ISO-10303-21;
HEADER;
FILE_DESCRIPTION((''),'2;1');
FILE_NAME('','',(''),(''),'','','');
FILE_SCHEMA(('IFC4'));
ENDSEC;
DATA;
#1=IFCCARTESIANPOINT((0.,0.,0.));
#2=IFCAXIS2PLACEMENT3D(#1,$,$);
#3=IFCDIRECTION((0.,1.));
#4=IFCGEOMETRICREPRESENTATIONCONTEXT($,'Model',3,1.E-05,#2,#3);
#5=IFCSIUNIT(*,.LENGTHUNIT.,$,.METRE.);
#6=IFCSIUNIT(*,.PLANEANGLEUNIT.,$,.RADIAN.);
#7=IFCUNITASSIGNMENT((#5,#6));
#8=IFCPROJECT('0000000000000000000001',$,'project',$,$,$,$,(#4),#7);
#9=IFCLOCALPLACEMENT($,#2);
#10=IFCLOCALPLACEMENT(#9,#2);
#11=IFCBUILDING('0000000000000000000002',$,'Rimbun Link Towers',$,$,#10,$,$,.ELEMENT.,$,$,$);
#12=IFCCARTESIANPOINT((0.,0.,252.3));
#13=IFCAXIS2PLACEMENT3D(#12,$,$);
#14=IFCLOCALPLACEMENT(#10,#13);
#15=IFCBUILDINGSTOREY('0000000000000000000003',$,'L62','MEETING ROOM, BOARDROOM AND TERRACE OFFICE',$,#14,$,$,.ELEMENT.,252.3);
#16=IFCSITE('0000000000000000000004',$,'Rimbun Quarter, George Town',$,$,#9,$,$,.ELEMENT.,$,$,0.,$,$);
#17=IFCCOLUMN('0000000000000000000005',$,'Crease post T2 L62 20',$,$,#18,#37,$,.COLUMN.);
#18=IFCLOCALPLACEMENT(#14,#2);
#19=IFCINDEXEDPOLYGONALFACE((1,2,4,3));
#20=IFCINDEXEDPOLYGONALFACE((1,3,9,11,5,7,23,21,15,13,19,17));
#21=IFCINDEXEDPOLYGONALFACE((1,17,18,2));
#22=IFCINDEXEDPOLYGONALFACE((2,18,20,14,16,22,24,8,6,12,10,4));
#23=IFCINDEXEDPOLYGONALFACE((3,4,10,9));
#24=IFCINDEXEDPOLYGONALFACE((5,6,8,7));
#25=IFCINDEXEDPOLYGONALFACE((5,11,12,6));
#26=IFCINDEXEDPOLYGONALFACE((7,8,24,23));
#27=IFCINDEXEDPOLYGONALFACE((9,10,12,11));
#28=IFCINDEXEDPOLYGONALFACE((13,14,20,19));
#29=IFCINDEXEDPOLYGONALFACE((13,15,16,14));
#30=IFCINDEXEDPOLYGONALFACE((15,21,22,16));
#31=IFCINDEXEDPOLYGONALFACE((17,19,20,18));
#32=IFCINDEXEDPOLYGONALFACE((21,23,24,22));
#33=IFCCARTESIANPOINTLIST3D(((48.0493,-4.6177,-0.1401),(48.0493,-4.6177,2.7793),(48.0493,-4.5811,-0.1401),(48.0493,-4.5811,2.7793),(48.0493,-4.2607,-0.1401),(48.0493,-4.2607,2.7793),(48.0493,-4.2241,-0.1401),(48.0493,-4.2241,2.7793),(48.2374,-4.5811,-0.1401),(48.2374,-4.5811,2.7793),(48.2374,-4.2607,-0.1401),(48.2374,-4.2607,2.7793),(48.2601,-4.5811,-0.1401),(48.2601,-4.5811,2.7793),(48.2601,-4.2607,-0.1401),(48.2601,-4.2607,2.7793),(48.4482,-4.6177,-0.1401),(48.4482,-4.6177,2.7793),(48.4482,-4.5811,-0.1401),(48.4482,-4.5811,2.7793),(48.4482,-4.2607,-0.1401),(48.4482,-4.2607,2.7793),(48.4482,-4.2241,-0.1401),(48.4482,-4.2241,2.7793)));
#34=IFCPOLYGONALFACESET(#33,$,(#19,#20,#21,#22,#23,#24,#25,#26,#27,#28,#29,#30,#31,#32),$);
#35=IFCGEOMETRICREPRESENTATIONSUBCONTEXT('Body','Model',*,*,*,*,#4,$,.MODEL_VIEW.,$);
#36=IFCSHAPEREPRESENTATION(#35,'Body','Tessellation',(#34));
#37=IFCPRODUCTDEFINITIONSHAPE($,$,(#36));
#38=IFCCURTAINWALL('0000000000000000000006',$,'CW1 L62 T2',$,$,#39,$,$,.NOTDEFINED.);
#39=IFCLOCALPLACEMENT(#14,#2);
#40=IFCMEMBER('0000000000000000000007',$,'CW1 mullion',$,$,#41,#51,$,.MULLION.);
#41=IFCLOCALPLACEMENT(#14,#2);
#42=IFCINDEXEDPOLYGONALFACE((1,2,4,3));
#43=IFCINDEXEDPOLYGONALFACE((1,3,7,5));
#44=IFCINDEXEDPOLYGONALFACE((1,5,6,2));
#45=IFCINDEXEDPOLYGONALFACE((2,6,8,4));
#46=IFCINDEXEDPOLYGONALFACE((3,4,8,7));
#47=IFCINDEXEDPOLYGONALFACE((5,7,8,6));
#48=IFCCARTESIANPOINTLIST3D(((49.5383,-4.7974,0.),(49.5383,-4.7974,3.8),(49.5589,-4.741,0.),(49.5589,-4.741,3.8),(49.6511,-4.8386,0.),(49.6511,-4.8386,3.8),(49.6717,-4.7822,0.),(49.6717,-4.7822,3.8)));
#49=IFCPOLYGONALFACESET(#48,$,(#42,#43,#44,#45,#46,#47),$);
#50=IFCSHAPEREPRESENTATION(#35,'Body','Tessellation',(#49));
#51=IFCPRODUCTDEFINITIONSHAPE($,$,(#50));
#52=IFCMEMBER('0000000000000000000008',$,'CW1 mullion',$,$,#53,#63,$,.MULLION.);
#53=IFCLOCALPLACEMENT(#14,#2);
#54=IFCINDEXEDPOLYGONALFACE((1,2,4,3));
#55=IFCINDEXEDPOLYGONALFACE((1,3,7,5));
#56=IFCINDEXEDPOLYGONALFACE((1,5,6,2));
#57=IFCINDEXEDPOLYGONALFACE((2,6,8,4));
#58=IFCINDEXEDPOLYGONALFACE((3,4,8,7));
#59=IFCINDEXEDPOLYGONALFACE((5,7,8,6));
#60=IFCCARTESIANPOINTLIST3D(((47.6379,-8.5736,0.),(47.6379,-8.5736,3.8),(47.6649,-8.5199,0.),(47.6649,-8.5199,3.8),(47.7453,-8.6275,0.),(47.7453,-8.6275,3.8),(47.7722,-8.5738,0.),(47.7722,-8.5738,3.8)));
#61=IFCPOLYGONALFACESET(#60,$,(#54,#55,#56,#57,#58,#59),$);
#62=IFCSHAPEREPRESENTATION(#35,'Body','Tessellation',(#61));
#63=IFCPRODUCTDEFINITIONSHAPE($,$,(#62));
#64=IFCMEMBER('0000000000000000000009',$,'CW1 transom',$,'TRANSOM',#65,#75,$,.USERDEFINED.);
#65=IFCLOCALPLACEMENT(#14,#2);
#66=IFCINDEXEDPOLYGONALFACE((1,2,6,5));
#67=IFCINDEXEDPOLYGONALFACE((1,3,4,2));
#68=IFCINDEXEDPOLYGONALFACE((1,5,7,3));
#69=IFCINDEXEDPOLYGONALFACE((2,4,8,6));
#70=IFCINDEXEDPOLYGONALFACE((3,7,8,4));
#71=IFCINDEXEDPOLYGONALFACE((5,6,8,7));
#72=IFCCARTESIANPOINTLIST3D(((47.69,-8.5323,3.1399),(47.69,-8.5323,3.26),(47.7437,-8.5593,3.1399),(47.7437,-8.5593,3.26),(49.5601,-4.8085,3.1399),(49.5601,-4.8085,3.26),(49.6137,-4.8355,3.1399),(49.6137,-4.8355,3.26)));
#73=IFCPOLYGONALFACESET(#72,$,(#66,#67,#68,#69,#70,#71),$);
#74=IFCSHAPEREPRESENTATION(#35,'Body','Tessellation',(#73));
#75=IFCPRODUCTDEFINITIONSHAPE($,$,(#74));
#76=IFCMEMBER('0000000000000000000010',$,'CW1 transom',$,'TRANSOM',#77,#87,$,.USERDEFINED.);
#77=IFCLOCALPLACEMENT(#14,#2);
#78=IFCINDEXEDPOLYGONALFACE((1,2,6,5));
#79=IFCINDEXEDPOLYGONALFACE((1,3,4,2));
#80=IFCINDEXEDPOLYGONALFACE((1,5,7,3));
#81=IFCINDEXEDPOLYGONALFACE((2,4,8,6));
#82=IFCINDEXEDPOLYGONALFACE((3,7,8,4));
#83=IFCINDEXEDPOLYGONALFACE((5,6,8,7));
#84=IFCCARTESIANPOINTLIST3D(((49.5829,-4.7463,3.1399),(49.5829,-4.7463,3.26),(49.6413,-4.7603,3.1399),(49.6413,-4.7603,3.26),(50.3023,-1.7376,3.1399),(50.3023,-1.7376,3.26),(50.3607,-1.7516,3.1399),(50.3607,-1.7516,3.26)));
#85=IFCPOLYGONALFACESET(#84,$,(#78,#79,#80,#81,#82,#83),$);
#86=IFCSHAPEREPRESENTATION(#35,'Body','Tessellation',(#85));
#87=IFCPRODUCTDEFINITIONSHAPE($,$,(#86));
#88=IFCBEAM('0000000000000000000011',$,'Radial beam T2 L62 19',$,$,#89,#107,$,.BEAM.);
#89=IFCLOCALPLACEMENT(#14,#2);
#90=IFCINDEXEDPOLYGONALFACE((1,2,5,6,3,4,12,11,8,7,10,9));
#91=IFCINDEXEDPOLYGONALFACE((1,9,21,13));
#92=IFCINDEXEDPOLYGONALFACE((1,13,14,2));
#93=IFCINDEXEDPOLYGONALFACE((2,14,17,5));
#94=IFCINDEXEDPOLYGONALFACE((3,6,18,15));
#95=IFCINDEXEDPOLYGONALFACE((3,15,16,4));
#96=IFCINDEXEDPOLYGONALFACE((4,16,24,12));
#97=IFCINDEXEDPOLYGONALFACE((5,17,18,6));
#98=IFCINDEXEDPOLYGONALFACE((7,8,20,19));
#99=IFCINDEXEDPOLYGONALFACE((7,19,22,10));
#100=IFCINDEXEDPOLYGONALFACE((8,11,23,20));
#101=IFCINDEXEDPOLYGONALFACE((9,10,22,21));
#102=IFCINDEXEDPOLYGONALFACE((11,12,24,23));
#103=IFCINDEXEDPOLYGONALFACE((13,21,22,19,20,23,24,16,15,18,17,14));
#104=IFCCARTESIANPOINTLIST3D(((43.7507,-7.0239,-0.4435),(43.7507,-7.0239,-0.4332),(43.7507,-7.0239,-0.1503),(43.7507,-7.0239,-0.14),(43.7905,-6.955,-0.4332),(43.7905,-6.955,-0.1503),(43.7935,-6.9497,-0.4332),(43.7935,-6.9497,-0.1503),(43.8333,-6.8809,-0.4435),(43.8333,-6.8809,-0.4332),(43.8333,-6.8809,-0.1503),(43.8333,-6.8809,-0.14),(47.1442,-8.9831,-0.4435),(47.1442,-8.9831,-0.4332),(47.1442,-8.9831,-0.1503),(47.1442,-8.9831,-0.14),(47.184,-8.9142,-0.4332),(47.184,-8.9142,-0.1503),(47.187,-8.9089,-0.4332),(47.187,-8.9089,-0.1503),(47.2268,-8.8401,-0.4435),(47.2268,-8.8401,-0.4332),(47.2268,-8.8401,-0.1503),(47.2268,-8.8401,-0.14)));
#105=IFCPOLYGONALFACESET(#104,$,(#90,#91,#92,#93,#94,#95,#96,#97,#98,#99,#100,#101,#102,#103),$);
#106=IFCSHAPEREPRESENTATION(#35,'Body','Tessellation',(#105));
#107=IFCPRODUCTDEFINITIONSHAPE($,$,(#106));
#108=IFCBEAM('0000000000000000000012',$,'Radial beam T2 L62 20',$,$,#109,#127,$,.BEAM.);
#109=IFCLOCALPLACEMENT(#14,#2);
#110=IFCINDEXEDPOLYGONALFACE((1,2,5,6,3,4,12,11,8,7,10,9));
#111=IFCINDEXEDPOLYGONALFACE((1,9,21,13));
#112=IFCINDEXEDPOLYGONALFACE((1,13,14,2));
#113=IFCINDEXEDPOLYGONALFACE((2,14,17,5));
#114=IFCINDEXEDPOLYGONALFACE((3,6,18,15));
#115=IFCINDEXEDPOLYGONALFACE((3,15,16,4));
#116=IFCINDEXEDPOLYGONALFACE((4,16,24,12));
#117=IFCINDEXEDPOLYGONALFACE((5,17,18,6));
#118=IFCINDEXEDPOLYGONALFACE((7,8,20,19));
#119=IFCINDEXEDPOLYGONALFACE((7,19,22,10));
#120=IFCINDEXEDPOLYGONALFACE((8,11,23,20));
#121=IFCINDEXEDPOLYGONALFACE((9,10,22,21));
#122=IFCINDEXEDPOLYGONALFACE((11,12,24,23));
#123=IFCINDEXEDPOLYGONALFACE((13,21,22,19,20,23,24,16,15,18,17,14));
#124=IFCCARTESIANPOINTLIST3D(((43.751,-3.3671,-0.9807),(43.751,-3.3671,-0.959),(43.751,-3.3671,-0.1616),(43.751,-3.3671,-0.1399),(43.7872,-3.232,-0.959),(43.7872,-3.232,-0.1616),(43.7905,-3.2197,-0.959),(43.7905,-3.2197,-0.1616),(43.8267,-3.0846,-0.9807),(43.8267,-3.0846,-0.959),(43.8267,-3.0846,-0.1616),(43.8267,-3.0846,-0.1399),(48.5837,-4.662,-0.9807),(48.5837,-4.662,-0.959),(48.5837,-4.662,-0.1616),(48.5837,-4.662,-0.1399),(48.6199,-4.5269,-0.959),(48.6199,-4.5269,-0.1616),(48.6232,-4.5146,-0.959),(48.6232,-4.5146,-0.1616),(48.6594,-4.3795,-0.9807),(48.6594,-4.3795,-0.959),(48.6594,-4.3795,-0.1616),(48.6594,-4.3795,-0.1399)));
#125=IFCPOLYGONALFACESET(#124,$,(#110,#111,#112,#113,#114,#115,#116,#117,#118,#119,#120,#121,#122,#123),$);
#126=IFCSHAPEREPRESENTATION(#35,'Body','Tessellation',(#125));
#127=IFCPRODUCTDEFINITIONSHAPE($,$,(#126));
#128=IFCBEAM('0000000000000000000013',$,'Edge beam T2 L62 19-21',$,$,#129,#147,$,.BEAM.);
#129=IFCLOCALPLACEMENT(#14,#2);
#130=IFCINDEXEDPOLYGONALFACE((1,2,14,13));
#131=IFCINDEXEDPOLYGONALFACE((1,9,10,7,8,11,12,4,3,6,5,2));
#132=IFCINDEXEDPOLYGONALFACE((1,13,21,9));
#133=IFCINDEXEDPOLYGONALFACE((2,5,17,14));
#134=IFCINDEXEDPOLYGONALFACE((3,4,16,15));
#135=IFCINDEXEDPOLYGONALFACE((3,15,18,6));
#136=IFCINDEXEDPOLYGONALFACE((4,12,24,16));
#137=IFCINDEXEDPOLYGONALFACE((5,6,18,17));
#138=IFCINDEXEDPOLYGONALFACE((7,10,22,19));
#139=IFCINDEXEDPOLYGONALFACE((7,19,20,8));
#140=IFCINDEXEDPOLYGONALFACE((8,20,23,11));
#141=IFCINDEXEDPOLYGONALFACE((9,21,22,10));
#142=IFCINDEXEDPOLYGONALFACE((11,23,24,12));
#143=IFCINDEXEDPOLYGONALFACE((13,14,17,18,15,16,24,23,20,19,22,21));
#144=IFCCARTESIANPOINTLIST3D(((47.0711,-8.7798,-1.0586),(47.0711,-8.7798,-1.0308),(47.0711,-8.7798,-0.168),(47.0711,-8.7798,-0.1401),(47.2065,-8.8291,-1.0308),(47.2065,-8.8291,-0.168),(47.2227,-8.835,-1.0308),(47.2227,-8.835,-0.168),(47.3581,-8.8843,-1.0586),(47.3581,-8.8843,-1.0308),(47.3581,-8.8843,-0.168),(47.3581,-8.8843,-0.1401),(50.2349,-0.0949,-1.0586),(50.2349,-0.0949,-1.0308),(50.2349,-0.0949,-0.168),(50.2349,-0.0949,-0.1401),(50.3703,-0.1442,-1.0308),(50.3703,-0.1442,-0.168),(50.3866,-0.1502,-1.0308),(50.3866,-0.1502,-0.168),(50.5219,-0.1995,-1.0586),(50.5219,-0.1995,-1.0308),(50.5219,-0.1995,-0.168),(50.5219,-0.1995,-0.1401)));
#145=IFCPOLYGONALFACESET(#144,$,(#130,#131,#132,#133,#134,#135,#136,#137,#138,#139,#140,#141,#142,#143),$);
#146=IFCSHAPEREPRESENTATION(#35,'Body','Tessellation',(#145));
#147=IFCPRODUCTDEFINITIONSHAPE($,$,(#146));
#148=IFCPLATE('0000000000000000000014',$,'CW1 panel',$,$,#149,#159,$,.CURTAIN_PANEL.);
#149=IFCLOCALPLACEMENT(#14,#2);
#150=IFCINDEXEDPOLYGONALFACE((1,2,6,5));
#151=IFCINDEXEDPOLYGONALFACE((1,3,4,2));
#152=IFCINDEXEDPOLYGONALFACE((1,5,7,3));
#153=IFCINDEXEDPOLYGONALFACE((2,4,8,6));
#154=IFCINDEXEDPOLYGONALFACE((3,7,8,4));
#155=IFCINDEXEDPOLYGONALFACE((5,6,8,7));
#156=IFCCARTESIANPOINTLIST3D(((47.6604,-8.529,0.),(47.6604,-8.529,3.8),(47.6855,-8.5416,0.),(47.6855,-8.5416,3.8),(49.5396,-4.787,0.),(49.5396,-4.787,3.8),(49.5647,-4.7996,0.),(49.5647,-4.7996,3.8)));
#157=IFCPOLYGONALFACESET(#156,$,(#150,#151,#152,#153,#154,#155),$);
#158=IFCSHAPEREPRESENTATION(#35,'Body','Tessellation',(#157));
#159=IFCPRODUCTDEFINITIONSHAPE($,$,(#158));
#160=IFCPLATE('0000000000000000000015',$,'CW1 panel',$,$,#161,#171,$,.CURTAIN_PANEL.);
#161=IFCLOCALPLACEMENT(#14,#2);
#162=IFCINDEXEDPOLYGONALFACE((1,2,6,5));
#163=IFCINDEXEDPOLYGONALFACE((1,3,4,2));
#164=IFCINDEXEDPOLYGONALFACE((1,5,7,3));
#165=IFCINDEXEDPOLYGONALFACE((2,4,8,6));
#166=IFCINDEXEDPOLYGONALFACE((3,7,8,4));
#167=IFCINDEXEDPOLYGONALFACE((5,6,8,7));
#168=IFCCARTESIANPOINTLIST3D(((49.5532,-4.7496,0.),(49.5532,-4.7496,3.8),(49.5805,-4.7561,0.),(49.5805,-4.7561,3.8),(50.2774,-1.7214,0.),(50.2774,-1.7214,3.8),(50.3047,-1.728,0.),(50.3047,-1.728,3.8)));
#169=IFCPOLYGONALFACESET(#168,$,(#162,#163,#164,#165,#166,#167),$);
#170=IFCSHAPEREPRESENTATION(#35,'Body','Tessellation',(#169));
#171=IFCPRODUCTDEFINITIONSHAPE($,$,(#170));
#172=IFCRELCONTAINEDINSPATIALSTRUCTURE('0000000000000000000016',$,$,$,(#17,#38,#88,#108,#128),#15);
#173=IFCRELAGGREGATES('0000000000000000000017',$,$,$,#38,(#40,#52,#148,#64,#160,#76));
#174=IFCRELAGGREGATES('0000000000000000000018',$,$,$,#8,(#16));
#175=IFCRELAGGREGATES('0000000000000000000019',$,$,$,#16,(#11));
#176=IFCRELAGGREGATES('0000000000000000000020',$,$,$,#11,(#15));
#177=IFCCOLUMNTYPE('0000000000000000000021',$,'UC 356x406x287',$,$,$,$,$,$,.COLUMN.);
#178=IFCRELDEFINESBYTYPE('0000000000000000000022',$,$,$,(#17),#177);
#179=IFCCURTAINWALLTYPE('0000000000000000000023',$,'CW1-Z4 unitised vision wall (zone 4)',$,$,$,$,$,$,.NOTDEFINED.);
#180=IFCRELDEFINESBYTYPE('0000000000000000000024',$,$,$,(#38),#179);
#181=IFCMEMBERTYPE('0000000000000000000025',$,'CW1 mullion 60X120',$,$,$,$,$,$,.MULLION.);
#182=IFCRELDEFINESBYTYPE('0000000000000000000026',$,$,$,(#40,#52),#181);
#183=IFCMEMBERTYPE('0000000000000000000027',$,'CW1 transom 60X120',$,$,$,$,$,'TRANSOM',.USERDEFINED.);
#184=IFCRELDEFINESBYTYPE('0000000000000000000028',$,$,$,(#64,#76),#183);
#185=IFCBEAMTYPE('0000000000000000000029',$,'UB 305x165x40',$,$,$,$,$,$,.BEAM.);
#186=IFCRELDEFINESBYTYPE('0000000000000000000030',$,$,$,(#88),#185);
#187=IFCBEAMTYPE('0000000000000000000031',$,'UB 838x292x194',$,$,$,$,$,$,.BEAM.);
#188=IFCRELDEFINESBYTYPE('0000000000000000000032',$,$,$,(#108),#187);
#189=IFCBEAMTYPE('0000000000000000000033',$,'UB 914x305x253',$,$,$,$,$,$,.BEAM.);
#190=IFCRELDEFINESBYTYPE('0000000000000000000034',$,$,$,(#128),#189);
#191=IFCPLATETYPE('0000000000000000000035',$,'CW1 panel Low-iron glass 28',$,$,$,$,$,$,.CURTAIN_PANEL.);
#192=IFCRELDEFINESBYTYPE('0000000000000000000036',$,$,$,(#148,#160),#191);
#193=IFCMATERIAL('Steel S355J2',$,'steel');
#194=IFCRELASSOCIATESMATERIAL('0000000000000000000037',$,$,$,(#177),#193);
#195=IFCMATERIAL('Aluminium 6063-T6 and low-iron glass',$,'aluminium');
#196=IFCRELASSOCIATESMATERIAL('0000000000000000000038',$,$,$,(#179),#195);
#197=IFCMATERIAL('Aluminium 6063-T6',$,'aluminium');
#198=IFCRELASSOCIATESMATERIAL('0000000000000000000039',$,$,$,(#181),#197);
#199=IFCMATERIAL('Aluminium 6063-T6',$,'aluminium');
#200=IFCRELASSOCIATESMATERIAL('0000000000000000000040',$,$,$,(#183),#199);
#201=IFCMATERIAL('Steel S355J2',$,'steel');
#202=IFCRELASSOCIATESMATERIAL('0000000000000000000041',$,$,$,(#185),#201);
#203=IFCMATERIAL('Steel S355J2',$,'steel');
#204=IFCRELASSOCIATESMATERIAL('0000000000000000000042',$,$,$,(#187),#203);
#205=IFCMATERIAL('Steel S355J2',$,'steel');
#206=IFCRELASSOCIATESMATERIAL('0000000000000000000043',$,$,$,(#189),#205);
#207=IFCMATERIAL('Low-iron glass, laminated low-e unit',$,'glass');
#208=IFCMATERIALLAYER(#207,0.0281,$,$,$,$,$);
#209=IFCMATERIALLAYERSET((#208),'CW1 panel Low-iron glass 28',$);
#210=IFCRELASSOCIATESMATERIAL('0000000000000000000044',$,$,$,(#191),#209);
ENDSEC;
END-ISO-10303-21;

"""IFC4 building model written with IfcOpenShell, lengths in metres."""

from ifc_helpers import new_model, si_unit, direction, frame, origin, origin_2d, place, context, subcontext, project, spatial, rectangle, i_section, extrude, material, layer, layer_set, material_profile, profile_set, type_object, element, aggregate, save


model = new_model("IFC4")

# Units and contexts
model_context = context("Model", 3, precision=1e-05, world=origin(), true_north=direction((0.0, 1.0)))
body_context = subcontext(model_context, "Body", "Model", "MODEL_VIEW")
ifc_project = project(units=[si_unit("LENGTHUNIT", "METRE"), si_unit("PLANEANGLEUNIT", "RADIAN")], contexts=[model_context])

# Site, building, storey
site_placement = place(None, origin())
site = spatial("IfcSite", under=ifc_project, at=site_placement, Name="Rimbun Quarter, George Town", CompositionType="ELEMENT", RefElevation=0.0)
building_placement = place(site_placement, origin())
building = spatial("IfcBuilding", under=site, at=building_placement, Name="Rimbun Link Towers", CompositionType="ELEMENT")
storey_placement = place(building_placement, frame((0.0, 0.0, 252.3)))
storey = spatial("IfcBuildingStorey", under=building, at=storey_placement, Name="L62", Description="MEETING ROOM, BOARDROOM AND TERRACE OFFICE", CompositionType="ELEMENT", Elevation=252.3)

# Column
ifc_material_1 = material(Name="Steel S355J2", Category="steel")
ifc_material_profile_1 = material_profile(ifc_material_1, i_section(OverallWidth=0.3989, OverallDepth=0.3936, WebThickness=0.0227, FlangeThickness=0.0366, at=origin_2d()), Name="UC 356x406x287")
ifc_profile_set_1 = profile_set([ifc_material_profile_1], Name="Steel S355J2")
column_type = type_object("IfcColumnType", Name="UC 356x406x287", PredefinedType="COLUMN", material=ifc_profile_set_1)
column_placement = place(storey_placement, frame((48.2488, -4.4209, -0.1401), z_axis=(0.0, 0.0, 1.0), x_axis=(1.0, 0.0, 0.0)))
element("IfcColumn", 1, at=column_placement, inside=storey, type_object=column_type, Name="Crease post T2 L62 20", PredefinedType="COLUMN", context=body_context, shape_type="SweptSolid", body=[
    extrude(i_section(OverallWidth=0.3989, OverallDepth=0.3936, WebThickness=0.0227, FlangeThickness=0.0366, at=origin_2d()), origin(), (0.0, 0.0, 1.0), 2.9194),
])

# Curtain wall, members
ifc_material_2 = material(Name="Aluminium 6063-T6 and low-iron glass", Category="aluminium")
curtain_wall_type = type_object("IfcCurtainWallType", Name="CW1-Z4 unitised vision wall (zone 4)", PredefinedType="NOTDEFINED", material=ifc_material_2)
curtain_wall_placement = place(storey_placement, origin())
curtain_wall = element("IfcCurtainWall", 2, at=curtain_wall_placement, inside=storey, type_object=curtain_wall_type, Name="CW1 L62 T2", PredefinedType="NOTDEFINED")
ifc_material_3 = material(Name="Aluminium 6063-T6", Category="aluminium")
ifc_material_profile_2 = material_profile(ifc_material_3, rectangle(XDim=0.1201, YDim=0.0601, at=origin_2d()), Name="MULLION 60X120")
ifc_profile_set_2 = profile_set([ifc_material_profile_2], Name="Aluminium 6063-T6")
member_type_1 = type_object("IfcMemberType", Name="CW1 mullion 60X120", PredefinedType="MULLION", material=ifc_profile_set_2)
member_1_placement = place(storey_placement, frame((49.605, -4.7898, 0.0), z_axis=(0.0, 0.0, 1.0), x_axis=(0.939348, -0.342965, 0.0)))
member_1 = element("IfcMember", 3, at=member_1_placement, type_object=member_type_1, Name="CW1 mullion", PredefinedType="MULLION", context=body_context, shape_type="SweptSolid", body=[
    extrude(rectangle(XDim=0.1201, YDim=0.0601, at=origin_2d()), origin(), (0.0, 0.0, 1.0), 3.8),
])
member_2_placement = place(storey_placement, frame((47.7051, -8.5737, 0.0), z_axis=(0.0, 0.0, 1.0), x_axis=(0.893647, -0.44877, 0.0)))
member_2 = element("IfcMember", 4, at=member_2_placement, type_object=member_type_1, Name="CW1 mullion", PredefinedType="MULLION", context=body_context, shape_type="SweptSolid", body=[
    extrude(rectangle(XDim=0.1201, YDim=0.0601, at=origin_2d()), origin(), (0.0, 0.0, 1.0), 3.8),
])
ifc_material_4 = material(Name="Aluminium 6063-T6", Category="aluminium")
ifc_material_profile_3 = material_profile(ifc_material_4, rectangle(XDim=0.0601, YDim=0.1201, at=origin_2d()), Name="TRANSOM 60X120")
ifc_profile_set_3 = profile_set([ifc_material_profile_3], Name="Aluminium 6063-T6")
member_type_2 = type_object("IfcMemberType", Name="CW1 transom 60X120", ElementType="TRANSOM", PredefinedType="USERDEFINED", material=ifc_profile_set_3)
member_3_placement = place(storey_placement, frame((49.5869, -4.822, 3.2), z_axis=(-0.448783, -0.893641, 0.0), x_axis=(0.893641, -0.448783, 0.0)))
member_3 = element("IfcMember", 5, at=member_3_placement, type_object=member_type_2, Name="CW1 transom", ObjectType="TRANSOM", PredefinedType="USERDEFINED", context=body_context, shape_type="SweptSolid", body=[
    extrude(rectangle(XDim=0.0601, YDim=0.1201, at=origin_2d()), origin(), (0.0, 0.0, 1.0), 4.167),
])
member_4_placement = place(storey_placement, frame((50.3315, -1.7446, 3.2), z_axis=(-0.23257, -0.97258, 0.0), x_axis=(0.97258, -0.23257, 0.0)))
member_4 = element("IfcMember", 6, at=member_4_placement, type_object=member_type_2, Name="CW1 transom", ObjectType="TRANSOM", PredefinedType="USERDEFINED", context=body_context, shape_type="SweptSolid", body=[
    extrude(rectangle(XDim=0.0601, YDim=0.1201, at=origin_2d()), origin(), (0.0, 0.0, 1.0), 3.0935),
])

# Beams
ifc_material_5 = material(Name="Steel S355J2", Category="steel")
ifc_material_profile_4 = material_profile(ifc_material_5, i_section(OverallWidth=0.165, OverallDepth=0.3035, WebThickness=0.0061, FlangeThickness=0.0103, at=origin_2d()), Name="UB 305x165x40")
ifc_profile_set_4 = profile_set([ifc_material_profile_4], Name="Steel S355J2")
beam_type_1 = type_object("IfcBeamType", Name="UB 305x165x40", PredefinedType="BEAM", material=ifc_profile_set_4)
beam_1_placement = place(storey_placement, frame((43.792, -6.9524, -0.2917), z_axis=(0.86603, -0.499992, 0.0), x_axis=(0.499992, 0.86603, 0.0)))
element("IfcBeam", 7, at=beam_1_placement, inside=storey, type_object=beam_type_1, Name="Radial beam T2 L62 19", PredefinedType="BEAM", context=body_context, shape_type="SweptSolid", body=[
    extrude(i_section(OverallWidth=0.165, OverallDepth=0.3035, WebThickness=0.0061, FlangeThickness=0.0103, at=origin_2d()), origin(), (0.0, 0.0, 1.0), 3.9185),
])
ifc_material_6 = material(Name="Steel S355J2", Category="steel")
ifc_material_profile_5 = material_profile(ifc_material_6, i_section(OverallWidth=0.2925, OverallDepth=0.8408, WebThickness=0.0127, FlangeThickness=0.0217, at=origin_2d()), Name="UB 838x292x194")
ifc_profile_set_5 = profile_set([ifc_material_profile_5], Name="Steel S355J2")
beam_type_2 = type_object("IfcBeamType", Name="UB 838x292x194", PredefinedType="BEAM", material=ifc_profile_set_5)
beam_2_placement = place(storey_placement, frame((43.7888, -3.2258, -0.5603), z_axis=(0.965926, -0.258817, 0.0), x_axis=(0.258817, 0.965926, 0.0)))
element("IfcBeam", 8, at=beam_2_placement, inside=storey, type_object=beam_type_2, Name="Radial beam T2 L62 20", PredefinedType="BEAM", context=body_context, shape_type="SweptSolid", body=[
    extrude(i_section(OverallWidth=0.2925, OverallDepth=0.8408, WebThickness=0.0127, FlangeThickness=0.0217, at=origin_2d()), origin(), (0.0, 0.0, 1.0), 5.0032),
])
ifc_material_7 = material(Name="Steel S355J2", Category="steel")
ifc_material_profile_6 = material_profile(ifc_material_7, i_section(OverallWidth=0.3054, OverallDepth=0.9185, WebThickness=0.0173, FlangeThickness=0.0278, at=origin_2d()), Name="UB 914x305x253")
ifc_profile_set_6 = profile_set([ifc_material_profile_6], Name="Steel S355J2")
beam_type_3 = type_object("IfcBeamType", Name="UB 914x305x253", PredefinedType="BEAM", material=ifc_profile_set_6)
beam_3_placement = place(storey_placement, frame((47.2146, -8.832, -0.5994), z_axis=(0.342288, 0.939595, 0.0), x_axis=(-0.939595, 0.342288, 0.0)))
element("IfcBeam", 9, at=beam_3_placement, inside=storey, type_object=beam_type_3, Name="Edge beam T2 L62 19-21", PredefinedType="BEAM", context=body_context, shape_type="SweptSolid", body=[
    extrude(i_section(OverallWidth=0.3054, OverallDepth=0.9185, WebThickness=0.0173, FlangeThickness=0.0278, at=origin_2d()), origin(), (0.0, 0.0, 1.0), 9.2432),
])

# Plates
ifc_material_8 = material(Name="Low-iron glass, laminated low-e unit", Category="glass")
ifc_layer_1 = layer(ifc_material_8, 0.0281)
ifc_layer_set_1 = layer_set([ifc_layer_1], Name="CW1 panel Low-iron glass 28")
plate_type = type_object("IfcPlateType", Name="CW1 panel Low-iron glass 28", PredefinedType="CURTAIN_PANEL", material=ifc_layer_set_1)
plate_1_placement = place(storey_placement, frame((48.6125, -6.6643, 0.0), z_axis=(0.0, 0.0, 1.0), x_axis=(-0.44877, -0.893647, 0.0)))
plate_1 = element("IfcPlate", 10, at=plate_1_placement, type_object=plate_type, Name="CW1 panel", PredefinedType="CURTAIN_PANEL", context=body_context, shape_type="SweptSolid", body=[
    extrude(rectangle(XDim=4.1873, YDim=0.0281, at=origin_2d()), origin(), (0.0, 0.0, 1.0), 3.8),
])
plate_2_placement = place(storey_placement, frame((49.929, -3.2388, 0.0), z_axis=(0.0, 0.0, 1.0), x_axis=(-0.232605, -0.972571, 0.0)))
plate_2 = element("IfcPlate", 11, at=plate_2_placement, type_object=plate_type, Name="CW1 panel", PredefinedType="CURTAIN_PANEL", context=body_context, shape_type="SweptSolid", body=[
    extrude(rectangle(XDim=3.1135, YDim=0.0281, at=origin_2d()), origin(), (0.0, 0.0, 1.0), 3.8),
])
aggregate(curtain_wall, [member_1, member_2, plate_1, member_3, plate_2, member_4])

save(model, "model.ifc")
